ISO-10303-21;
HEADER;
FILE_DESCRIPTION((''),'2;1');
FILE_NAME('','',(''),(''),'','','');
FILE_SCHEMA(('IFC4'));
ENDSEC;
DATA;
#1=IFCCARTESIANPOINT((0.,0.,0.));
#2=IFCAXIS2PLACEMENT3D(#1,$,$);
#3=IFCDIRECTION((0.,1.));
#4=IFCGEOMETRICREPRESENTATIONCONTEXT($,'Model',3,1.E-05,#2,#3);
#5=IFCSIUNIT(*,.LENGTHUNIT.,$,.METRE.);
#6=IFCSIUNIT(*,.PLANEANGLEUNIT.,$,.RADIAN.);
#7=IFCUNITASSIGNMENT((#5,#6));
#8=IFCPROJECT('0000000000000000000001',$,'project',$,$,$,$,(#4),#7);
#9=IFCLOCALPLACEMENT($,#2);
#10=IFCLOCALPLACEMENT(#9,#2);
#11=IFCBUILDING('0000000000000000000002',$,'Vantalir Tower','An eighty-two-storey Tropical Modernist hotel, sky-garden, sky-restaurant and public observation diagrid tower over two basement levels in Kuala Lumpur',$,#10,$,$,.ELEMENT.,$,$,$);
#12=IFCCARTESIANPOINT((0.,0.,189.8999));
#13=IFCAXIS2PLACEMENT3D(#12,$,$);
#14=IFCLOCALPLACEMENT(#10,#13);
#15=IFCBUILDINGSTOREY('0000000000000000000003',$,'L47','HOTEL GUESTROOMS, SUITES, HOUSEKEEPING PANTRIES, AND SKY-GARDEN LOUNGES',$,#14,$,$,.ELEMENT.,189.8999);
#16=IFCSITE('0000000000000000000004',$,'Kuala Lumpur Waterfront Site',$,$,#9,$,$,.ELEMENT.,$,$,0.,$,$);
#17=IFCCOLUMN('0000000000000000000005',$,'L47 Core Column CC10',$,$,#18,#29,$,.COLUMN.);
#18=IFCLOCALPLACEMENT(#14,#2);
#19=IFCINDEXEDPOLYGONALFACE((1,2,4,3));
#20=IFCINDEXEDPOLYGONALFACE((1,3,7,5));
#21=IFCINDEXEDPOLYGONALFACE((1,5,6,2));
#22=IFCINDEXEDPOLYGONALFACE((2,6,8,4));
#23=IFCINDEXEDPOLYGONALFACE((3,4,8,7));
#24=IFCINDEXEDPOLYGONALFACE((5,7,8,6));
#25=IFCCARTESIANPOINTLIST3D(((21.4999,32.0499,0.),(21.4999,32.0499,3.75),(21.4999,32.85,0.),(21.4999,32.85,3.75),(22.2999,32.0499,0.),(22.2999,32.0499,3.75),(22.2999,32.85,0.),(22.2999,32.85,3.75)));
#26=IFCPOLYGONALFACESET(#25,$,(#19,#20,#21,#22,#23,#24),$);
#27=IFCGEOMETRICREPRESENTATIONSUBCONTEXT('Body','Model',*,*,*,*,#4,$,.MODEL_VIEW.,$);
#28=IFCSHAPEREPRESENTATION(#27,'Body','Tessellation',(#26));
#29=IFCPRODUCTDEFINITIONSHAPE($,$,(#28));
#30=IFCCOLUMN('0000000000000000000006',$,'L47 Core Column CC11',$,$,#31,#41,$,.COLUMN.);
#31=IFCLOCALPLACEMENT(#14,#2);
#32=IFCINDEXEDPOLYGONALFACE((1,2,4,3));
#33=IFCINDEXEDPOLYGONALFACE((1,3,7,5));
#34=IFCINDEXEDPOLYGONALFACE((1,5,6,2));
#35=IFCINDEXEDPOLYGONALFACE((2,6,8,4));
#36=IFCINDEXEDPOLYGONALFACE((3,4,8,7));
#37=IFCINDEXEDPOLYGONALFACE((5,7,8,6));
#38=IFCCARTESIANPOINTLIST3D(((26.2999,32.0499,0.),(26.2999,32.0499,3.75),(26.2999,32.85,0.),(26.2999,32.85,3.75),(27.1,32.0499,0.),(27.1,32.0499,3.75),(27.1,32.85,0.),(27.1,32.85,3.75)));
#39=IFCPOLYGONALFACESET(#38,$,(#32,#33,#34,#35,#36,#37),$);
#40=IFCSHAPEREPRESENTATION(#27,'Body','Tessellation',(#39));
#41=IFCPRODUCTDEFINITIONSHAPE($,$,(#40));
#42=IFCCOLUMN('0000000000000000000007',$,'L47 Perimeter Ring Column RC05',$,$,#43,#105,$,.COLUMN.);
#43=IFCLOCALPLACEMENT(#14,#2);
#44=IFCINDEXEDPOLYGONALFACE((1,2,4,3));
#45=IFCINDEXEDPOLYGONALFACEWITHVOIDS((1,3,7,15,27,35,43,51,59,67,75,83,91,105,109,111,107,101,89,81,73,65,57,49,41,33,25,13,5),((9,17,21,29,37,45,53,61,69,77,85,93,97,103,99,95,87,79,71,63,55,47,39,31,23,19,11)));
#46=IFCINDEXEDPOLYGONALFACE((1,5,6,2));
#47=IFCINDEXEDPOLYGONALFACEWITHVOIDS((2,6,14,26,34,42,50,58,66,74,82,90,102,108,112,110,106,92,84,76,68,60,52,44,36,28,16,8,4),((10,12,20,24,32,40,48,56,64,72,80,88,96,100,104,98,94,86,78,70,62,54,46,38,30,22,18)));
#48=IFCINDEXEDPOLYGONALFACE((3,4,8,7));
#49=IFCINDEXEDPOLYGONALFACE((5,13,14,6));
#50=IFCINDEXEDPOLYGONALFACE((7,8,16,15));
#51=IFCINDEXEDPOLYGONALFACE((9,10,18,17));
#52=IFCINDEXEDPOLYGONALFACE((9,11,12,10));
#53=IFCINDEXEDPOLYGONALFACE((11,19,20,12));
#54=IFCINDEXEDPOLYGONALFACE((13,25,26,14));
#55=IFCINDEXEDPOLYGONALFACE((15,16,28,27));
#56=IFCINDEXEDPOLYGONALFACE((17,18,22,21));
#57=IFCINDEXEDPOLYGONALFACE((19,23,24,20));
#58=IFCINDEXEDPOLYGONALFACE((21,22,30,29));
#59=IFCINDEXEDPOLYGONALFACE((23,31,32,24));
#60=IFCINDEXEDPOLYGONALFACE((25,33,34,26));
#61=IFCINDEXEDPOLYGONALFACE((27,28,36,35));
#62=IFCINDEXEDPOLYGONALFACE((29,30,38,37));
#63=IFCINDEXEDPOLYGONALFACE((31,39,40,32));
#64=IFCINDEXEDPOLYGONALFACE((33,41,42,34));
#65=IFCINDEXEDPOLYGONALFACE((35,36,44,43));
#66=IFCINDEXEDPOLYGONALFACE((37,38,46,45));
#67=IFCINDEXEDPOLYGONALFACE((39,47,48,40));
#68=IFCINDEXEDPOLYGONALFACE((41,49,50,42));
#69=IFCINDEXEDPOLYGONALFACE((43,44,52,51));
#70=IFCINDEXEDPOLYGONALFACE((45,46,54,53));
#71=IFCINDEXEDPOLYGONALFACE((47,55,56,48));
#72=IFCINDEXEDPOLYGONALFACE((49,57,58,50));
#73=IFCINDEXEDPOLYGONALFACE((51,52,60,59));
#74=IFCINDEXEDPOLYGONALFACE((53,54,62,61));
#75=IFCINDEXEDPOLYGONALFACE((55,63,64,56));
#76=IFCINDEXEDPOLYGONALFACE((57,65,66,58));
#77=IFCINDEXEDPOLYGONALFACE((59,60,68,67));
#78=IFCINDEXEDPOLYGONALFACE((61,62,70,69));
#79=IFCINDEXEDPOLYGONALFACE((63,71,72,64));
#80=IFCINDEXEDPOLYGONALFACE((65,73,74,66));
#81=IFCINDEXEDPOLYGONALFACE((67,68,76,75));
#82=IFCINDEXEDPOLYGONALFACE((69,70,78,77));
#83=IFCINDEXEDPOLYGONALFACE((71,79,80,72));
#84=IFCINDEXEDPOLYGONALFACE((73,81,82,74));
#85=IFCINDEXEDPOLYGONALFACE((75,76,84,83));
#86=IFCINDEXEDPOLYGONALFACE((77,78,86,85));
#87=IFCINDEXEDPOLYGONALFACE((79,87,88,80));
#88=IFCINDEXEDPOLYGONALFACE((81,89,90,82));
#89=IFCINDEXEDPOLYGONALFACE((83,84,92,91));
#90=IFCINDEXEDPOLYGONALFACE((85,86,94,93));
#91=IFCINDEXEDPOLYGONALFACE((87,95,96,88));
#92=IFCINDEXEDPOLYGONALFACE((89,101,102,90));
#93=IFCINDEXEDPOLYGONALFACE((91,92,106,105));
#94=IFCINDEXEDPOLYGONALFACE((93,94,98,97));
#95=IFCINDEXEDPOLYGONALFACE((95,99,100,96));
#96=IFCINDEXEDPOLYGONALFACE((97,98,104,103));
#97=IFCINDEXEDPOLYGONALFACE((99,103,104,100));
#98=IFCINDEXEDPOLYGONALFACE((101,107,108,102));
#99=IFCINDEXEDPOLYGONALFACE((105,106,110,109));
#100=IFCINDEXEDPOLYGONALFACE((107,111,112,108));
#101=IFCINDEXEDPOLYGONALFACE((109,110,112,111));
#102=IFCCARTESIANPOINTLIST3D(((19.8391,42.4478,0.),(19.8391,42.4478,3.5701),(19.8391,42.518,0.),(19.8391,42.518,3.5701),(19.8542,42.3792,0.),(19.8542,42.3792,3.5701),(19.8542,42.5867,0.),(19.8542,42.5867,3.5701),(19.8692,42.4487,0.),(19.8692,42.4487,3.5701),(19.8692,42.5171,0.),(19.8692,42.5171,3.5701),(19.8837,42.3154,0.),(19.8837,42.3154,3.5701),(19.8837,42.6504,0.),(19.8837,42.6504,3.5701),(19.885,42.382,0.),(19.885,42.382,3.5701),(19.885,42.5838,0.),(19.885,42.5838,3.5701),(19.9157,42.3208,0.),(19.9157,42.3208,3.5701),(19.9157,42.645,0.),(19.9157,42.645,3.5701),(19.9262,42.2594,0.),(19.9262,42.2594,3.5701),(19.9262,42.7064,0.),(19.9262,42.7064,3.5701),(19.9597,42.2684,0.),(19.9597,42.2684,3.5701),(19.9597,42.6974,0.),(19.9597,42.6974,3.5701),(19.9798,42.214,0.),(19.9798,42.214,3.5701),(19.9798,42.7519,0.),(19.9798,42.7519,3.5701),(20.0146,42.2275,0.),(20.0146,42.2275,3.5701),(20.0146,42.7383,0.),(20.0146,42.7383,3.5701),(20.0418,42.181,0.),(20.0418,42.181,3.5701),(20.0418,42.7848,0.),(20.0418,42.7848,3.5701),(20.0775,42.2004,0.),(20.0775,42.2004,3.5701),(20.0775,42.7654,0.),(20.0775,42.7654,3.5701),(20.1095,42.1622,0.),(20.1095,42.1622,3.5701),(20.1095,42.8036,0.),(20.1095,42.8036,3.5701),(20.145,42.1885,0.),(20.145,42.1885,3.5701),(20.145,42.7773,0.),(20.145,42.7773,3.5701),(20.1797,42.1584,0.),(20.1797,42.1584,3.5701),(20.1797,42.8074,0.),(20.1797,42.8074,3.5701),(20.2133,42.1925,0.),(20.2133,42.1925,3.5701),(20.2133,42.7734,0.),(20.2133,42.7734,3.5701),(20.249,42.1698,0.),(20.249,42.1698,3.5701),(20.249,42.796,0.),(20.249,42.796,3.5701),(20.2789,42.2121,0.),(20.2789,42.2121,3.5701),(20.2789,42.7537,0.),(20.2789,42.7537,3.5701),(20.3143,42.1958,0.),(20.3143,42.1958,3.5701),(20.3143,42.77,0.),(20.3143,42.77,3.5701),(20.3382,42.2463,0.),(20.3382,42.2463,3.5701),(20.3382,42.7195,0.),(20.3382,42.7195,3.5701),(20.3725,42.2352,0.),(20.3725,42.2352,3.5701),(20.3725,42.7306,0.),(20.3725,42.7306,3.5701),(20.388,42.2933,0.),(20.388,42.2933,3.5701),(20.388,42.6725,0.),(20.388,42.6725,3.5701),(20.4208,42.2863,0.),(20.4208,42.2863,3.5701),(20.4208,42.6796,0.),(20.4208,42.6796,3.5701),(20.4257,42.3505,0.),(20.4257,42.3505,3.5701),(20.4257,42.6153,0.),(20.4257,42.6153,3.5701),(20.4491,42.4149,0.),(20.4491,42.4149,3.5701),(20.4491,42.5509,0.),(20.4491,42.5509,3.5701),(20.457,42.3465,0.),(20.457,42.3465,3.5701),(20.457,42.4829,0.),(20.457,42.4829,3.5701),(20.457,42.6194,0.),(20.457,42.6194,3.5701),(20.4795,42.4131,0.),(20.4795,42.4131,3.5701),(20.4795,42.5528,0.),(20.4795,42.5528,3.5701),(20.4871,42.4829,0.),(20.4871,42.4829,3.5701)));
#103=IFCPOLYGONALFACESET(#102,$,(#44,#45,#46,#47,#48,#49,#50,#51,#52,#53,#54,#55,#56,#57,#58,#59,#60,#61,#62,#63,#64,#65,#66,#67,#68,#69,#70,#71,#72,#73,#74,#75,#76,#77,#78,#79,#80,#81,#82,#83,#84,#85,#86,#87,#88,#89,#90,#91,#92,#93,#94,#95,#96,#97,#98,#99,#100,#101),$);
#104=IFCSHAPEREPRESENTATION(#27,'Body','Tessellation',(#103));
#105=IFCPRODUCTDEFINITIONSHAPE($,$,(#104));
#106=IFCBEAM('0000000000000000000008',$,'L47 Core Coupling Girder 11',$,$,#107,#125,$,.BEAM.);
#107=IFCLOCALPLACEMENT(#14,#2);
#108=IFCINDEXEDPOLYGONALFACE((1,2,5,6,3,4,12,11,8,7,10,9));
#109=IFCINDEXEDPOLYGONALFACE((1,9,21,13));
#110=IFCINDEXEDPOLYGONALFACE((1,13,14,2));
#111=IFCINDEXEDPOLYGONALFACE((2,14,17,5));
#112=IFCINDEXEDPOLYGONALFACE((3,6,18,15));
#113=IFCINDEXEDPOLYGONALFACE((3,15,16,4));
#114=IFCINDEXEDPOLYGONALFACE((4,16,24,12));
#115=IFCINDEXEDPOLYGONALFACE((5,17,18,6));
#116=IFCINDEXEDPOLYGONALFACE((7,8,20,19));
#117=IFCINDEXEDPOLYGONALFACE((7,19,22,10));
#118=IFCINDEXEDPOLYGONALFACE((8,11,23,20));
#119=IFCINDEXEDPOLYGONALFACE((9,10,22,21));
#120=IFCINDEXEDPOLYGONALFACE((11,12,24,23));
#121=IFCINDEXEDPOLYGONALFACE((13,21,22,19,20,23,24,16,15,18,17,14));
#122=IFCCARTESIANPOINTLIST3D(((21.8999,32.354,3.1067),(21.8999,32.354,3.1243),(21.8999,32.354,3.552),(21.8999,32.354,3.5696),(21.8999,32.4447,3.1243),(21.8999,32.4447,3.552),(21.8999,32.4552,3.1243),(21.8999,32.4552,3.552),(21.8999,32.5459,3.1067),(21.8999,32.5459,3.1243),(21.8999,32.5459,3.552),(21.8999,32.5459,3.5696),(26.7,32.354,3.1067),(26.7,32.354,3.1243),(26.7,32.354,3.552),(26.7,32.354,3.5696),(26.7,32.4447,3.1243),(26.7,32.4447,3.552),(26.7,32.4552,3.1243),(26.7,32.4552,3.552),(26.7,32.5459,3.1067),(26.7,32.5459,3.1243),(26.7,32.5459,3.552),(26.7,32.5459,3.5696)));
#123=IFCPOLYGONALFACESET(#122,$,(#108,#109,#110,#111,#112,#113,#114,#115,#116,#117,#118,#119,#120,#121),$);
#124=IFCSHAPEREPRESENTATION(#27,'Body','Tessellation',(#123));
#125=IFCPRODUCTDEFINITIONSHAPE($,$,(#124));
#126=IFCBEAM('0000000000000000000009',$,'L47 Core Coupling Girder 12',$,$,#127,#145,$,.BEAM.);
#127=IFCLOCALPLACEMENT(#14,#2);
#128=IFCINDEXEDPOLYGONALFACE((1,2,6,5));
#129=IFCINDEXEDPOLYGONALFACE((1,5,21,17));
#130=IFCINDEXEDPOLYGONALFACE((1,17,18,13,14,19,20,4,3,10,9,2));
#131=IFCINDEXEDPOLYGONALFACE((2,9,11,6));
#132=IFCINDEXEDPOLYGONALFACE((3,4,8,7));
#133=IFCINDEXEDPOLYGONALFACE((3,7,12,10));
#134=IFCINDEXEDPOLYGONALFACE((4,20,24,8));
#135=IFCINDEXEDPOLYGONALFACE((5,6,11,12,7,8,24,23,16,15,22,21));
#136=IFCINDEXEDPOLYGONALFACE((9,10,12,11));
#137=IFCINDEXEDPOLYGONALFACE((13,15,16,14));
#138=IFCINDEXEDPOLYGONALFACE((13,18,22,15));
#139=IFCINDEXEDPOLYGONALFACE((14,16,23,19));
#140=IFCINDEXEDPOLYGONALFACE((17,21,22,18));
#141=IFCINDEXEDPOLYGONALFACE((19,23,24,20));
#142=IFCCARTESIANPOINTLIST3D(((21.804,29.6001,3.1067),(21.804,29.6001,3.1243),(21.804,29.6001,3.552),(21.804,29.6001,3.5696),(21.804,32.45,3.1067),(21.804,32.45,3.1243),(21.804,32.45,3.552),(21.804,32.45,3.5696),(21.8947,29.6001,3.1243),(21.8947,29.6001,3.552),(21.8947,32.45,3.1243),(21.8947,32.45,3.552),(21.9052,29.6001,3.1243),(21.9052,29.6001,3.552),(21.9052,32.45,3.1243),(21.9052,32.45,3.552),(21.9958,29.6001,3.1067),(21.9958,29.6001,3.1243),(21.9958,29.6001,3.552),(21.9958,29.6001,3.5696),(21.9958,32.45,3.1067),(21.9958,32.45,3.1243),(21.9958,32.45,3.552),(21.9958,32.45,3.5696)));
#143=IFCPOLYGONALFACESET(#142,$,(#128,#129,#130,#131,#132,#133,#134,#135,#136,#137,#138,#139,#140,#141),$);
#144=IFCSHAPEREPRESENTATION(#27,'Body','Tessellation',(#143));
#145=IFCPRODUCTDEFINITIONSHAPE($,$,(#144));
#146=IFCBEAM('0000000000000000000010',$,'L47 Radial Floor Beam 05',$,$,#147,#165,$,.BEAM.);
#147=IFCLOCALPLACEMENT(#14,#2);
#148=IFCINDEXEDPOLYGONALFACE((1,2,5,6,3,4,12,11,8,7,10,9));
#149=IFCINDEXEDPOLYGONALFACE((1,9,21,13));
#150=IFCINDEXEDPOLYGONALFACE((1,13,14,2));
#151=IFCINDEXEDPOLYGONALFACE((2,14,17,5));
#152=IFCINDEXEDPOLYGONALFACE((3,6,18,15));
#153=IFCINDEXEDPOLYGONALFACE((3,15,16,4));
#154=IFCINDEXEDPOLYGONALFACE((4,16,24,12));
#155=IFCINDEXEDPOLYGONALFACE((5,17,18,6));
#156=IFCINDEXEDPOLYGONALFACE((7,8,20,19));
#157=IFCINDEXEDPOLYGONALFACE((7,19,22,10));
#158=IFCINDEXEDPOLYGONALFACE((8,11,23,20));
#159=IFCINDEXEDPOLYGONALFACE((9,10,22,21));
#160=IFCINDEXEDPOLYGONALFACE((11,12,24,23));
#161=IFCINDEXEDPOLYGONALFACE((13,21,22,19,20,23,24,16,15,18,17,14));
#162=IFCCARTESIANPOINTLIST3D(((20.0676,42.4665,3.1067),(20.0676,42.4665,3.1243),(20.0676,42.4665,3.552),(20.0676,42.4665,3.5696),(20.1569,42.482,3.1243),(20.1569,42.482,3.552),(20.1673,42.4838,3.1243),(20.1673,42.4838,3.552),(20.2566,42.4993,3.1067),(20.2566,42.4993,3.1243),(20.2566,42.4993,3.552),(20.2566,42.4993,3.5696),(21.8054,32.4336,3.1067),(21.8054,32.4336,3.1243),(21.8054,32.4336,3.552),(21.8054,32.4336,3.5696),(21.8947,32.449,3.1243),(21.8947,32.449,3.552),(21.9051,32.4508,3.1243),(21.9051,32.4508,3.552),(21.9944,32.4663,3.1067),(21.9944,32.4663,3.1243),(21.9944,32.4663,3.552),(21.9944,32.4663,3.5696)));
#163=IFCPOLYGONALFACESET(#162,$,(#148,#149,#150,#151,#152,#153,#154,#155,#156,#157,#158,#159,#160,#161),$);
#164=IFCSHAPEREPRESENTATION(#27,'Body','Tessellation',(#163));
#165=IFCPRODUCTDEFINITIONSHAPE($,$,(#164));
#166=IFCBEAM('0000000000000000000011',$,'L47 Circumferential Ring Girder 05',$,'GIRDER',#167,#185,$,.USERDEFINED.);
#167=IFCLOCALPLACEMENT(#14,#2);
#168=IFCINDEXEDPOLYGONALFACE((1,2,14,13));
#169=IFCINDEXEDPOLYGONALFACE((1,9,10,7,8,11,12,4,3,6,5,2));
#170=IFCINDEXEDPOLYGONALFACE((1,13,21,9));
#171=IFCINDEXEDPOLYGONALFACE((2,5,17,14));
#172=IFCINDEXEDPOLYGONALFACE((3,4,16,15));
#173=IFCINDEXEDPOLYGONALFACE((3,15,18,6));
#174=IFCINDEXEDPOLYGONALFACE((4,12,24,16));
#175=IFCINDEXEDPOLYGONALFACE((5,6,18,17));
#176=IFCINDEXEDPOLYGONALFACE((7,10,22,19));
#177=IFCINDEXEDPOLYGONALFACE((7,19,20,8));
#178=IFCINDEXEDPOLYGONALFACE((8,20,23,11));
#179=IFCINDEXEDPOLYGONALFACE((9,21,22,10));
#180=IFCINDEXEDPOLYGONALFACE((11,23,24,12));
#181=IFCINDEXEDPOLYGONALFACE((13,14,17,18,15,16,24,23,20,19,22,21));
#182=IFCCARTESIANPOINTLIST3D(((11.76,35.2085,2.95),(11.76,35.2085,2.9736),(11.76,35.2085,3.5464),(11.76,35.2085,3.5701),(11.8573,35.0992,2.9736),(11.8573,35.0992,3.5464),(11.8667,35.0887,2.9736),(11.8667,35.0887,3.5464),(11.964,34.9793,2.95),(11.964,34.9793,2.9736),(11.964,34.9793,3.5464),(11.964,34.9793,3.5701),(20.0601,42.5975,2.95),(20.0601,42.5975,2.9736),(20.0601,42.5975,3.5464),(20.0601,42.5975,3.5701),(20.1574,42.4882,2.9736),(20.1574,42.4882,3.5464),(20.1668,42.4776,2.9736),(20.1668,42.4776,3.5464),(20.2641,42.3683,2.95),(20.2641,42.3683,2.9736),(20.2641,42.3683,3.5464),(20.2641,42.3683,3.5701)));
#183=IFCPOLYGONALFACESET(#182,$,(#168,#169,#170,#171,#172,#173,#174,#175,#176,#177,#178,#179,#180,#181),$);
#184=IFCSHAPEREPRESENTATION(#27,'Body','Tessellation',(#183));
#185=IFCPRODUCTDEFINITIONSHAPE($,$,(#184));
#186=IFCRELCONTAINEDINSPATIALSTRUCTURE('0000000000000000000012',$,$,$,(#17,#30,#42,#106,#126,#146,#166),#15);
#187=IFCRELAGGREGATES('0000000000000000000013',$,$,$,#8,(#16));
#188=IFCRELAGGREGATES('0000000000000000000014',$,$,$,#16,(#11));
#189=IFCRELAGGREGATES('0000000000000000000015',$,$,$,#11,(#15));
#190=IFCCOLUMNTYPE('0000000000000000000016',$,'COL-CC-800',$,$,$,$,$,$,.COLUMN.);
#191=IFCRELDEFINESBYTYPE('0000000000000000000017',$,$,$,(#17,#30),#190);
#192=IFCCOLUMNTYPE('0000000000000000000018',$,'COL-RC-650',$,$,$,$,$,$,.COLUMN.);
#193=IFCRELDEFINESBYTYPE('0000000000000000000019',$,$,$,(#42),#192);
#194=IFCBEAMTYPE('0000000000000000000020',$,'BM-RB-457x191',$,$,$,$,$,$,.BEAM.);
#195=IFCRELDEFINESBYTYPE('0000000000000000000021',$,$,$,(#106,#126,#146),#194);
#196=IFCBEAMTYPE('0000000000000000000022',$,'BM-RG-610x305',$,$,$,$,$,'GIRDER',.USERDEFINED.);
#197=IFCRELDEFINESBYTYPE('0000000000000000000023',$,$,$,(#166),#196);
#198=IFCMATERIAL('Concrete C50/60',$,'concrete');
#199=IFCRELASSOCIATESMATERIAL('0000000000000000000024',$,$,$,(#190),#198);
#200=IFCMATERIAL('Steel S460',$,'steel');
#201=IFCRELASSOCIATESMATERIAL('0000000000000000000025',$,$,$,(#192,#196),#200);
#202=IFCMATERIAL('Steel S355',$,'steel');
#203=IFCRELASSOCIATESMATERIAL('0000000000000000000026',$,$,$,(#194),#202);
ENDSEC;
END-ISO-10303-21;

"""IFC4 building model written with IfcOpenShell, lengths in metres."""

from ifc_helpers import new_model, si_unit, direction, frame, origin, origin_2d, place, context, subcontext, project, spatial, rectangle, hollow_circle, i_section, extrude, material, material_profile, profile_set, type_object, element, save


model = new_model("IFC4")

# Units and contexts
model_context = context("Model", 3, precision=1e-05, world=origin(), true_north=direction((0.0, 1.0)))
body_context = subcontext(model_context, "Body", "Model", "MODEL_VIEW")
ifc_project = project(units=[si_unit("LENGTHUNIT", "METRE"), si_unit("PLANEANGLEUNIT", "RADIAN")], contexts=[model_context])

# Site, building, storey
site_placement = place(None, origin())
site = spatial("IfcSite", under=ifc_project, at=site_placement, Name="Kuala Lumpur Waterfront Site", CompositionType="ELEMENT", RefElevation=0.0)
building_placement = place(site_placement, origin())
building = spatial("IfcBuilding", under=site, at=building_placement, Name="Vantalir Tower", Description="An eighty-two-storey Tropical Modernist hotel, sky-garden, sky-restaurant and public observation diagrid tower over two basement levels in Kuala Lumpur", CompositionType="ELEMENT")
storey_placement = place(building_placement, frame((0.0, 0.0, 189.8999)))
storey = spatial("IfcBuildingStorey", under=building, at=storey_placement, Name="L47", Description="HOTEL GUESTROOMS, SUITES, HOUSEKEEPING PANTRIES, AND SKY-GARDEN LOUNGES", CompositionType="ELEMENT", Elevation=189.8999)

# Columns
ifc_material_1 = material(Name="Concrete C50/60", Category="concrete")
ifc_material_profile_1 = material_profile(ifc_material_1, rectangle(XDim=0.8, YDim=0.8, at=origin_2d()), Name="Concrete C50/60")
ifc_profile_set_1 = profile_set([ifc_material_profile_1], Name="Concrete C50/60")
column_type_1 = type_object("IfcColumnType", Name="COL-CC-800", PredefinedType="COLUMN", material=ifc_profile_set_1)
for number, where, z_axis, x_axis, name in (
    (1, (21.8999, 32.45, 0.0), (0.0, 0.0, 1.0), (1.0, 0.0, 0.0), "L47 Core Column CC10"),
    (2, (26.7, 32.45, 0.0), (0.0, 0.0, 1.0), (1.0, 0.0, 0.0), "L47 Core Column CC11"),
):
    element("IfcColumn", number, at=place(storey_placement, frame(where, z_axis=z_axis, x_axis=x_axis)), inside=storey, type_object=column_type_1, Name=name, PredefinedType="COLUMN", context=body_context, shape_type="SweptSolid", body=[
        extrude(rectangle(XDim=0.8, YDim=0.8, at=origin_2d()), origin(), (0.0, 0.0, 1.0), 3.75),
    ])
ifc_material_2 = material(Name="Steel S460", Category="steel")
ifc_material_profile_2 = material_profile(ifc_material_2, hollow_circle(Radius=0.325, WallThickness=0.03, at=origin_2d()), Name="Steel S460")
ifc_profile_set_2 = profile_set([ifc_material_profile_2], Name="Steel S460")
column_type_2 = type_object("IfcColumnType", Name="COL-RC-650", PredefinedType="COLUMN", material=ifc_profile_set_2)
column_placement = place(storey_placement, frame((20.1621, 42.4829, 0.0), z_axis=(0.0, 0.0, 1.0), x_axis=(1.0, 0.0, 0.0)))
element("IfcColumn", 3, at=column_placement, inside=storey, type_object=column_type_2, Name="L47 Perimeter Ring Column RC05", PredefinedType="COLUMN", context=body_context, shape_type="SweptSolid", body=[
    extrude(hollow_circle(Radius=0.325, WallThickness=0.03, at=origin_2d()), origin(), (0.0, 0.0, 1.0), 3.5701),
])

# Beams
ifc_material_3 = material(Name="Steel S355", Category="steel")
ifc_material_profile_3 = material_profile(ifc_material_3, i_section(OverallWidth=0.1919, OverallDepth=0.4629, WebThickness=0.0105, FlangeThickness=0.0176, at=origin_2d()), Name="Steel S355")
ifc_profile_set_3 = profile_set([ifc_material_profile_3], Name="Steel S355")
beam_type_1 = type_object("IfcBeamType", Name="BM-RB-457x191", PredefinedType="BEAM", material=ifc_profile_set_3)
beam_1_placement = place(storey_placement, frame((26.7, 32.45, 3.3381), z_axis=(-1.0, 0.0, 0.0), x_axis=(0.0, -1.0, 0.0)))
element("IfcBeam", 4, at=beam_1_placement, inside=storey, type_object=beam_type_1, Name="L47 Core Coupling Girder 11", PredefinedType="BEAM", context=body_context, shape_type="SweptSolid", body=[
    extrude(i_section(OverallWidth=0.1919, OverallDepth=0.4629, WebThickness=0.0105, FlangeThickness=0.0176, at=origin_2d()), origin(), (0.0, 0.0, 1.0), 4.8),
])
beam_2_placement = place(storey_placement, frame((21.8999, 32.45, 3.3381), z_axis=(0.0, -1.0, 0.0), x_axis=(1.0, 0.0, 0.0)))
element("IfcBeam", 5, at=beam_2_placement, inside=storey, type_object=beam_type_1, Name="L47 Core Coupling Girder 12", PredefinedType="BEAM", context=body_context, shape_type="SweptSolid", body=[
    extrude(i_section(OverallWidth=0.1919, OverallDepth=0.4629, WebThickness=0.0105, FlangeThickness=0.0176, at=origin_2d()), origin(), (0.0, 0.0, 1.0), 2.8499),
])
beam_3_placement = place(storey_placement, frame((20.1621, 42.4829, 3.3381), z_axis=(0.170667, -0.985329, 0.0), x_axis=(0.985329, 0.170667, 0.0)))
element("IfcBeam", 6, at=beam_3_placement, inside=storey, type_object=beam_type_1, Name="L47 Radial Floor Beam 05", PredefinedType="BEAM", context=body_context, shape_type="SweptSolid", body=[
    extrude(i_section(OverallWidth=0.1919, OverallDepth=0.4629, WebThickness=0.0105, FlangeThickness=0.0176, at=origin_2d()), origin(), (0.0, 0.0, 1.0), 10.1824),
])
ifc_material_profile_4 = material_profile(ifc_material_2, i_section(OverallWidth=0.3069, OverallDepth=0.6201, WebThickness=0.0142, FlangeThickness=0.0237, at=origin_2d()), Name="Steel S460")
ifc_profile_set_4 = profile_set([ifc_material_profile_4], Name="Steel S460")
beam_type_2 = type_object("IfcBeamType", Name="BM-RG-610x305", ElementType="GIRDER", PredefinedType="USERDEFINED", material=ifc_profile_set_4)
beam_4_placement = place(storey_placement, frame((20.1621, 42.4829, 3.26), z_axis=(-0.746913, -0.664921, 0.0), x_axis=(0.664921, -0.746913, 0.0)))
element("IfcBeam", 7, at=beam_4_placement, inside=storey, type_object=beam_type_2, Name="L47 Circumferential Ring Girder 05", ObjectType="GIRDER", PredefinedType="USERDEFINED", context=body_context, shape_type="SweptSolid", body=[
    extrude(i_section(OverallWidth=0.3069, OverallDepth=0.6201, WebThickness=0.0142, FlangeThickness=0.0237, at=origin_2d()), origin(), (0.0, 0.0, 1.0), 11.1125),
])

save(model, "model.ifc")
